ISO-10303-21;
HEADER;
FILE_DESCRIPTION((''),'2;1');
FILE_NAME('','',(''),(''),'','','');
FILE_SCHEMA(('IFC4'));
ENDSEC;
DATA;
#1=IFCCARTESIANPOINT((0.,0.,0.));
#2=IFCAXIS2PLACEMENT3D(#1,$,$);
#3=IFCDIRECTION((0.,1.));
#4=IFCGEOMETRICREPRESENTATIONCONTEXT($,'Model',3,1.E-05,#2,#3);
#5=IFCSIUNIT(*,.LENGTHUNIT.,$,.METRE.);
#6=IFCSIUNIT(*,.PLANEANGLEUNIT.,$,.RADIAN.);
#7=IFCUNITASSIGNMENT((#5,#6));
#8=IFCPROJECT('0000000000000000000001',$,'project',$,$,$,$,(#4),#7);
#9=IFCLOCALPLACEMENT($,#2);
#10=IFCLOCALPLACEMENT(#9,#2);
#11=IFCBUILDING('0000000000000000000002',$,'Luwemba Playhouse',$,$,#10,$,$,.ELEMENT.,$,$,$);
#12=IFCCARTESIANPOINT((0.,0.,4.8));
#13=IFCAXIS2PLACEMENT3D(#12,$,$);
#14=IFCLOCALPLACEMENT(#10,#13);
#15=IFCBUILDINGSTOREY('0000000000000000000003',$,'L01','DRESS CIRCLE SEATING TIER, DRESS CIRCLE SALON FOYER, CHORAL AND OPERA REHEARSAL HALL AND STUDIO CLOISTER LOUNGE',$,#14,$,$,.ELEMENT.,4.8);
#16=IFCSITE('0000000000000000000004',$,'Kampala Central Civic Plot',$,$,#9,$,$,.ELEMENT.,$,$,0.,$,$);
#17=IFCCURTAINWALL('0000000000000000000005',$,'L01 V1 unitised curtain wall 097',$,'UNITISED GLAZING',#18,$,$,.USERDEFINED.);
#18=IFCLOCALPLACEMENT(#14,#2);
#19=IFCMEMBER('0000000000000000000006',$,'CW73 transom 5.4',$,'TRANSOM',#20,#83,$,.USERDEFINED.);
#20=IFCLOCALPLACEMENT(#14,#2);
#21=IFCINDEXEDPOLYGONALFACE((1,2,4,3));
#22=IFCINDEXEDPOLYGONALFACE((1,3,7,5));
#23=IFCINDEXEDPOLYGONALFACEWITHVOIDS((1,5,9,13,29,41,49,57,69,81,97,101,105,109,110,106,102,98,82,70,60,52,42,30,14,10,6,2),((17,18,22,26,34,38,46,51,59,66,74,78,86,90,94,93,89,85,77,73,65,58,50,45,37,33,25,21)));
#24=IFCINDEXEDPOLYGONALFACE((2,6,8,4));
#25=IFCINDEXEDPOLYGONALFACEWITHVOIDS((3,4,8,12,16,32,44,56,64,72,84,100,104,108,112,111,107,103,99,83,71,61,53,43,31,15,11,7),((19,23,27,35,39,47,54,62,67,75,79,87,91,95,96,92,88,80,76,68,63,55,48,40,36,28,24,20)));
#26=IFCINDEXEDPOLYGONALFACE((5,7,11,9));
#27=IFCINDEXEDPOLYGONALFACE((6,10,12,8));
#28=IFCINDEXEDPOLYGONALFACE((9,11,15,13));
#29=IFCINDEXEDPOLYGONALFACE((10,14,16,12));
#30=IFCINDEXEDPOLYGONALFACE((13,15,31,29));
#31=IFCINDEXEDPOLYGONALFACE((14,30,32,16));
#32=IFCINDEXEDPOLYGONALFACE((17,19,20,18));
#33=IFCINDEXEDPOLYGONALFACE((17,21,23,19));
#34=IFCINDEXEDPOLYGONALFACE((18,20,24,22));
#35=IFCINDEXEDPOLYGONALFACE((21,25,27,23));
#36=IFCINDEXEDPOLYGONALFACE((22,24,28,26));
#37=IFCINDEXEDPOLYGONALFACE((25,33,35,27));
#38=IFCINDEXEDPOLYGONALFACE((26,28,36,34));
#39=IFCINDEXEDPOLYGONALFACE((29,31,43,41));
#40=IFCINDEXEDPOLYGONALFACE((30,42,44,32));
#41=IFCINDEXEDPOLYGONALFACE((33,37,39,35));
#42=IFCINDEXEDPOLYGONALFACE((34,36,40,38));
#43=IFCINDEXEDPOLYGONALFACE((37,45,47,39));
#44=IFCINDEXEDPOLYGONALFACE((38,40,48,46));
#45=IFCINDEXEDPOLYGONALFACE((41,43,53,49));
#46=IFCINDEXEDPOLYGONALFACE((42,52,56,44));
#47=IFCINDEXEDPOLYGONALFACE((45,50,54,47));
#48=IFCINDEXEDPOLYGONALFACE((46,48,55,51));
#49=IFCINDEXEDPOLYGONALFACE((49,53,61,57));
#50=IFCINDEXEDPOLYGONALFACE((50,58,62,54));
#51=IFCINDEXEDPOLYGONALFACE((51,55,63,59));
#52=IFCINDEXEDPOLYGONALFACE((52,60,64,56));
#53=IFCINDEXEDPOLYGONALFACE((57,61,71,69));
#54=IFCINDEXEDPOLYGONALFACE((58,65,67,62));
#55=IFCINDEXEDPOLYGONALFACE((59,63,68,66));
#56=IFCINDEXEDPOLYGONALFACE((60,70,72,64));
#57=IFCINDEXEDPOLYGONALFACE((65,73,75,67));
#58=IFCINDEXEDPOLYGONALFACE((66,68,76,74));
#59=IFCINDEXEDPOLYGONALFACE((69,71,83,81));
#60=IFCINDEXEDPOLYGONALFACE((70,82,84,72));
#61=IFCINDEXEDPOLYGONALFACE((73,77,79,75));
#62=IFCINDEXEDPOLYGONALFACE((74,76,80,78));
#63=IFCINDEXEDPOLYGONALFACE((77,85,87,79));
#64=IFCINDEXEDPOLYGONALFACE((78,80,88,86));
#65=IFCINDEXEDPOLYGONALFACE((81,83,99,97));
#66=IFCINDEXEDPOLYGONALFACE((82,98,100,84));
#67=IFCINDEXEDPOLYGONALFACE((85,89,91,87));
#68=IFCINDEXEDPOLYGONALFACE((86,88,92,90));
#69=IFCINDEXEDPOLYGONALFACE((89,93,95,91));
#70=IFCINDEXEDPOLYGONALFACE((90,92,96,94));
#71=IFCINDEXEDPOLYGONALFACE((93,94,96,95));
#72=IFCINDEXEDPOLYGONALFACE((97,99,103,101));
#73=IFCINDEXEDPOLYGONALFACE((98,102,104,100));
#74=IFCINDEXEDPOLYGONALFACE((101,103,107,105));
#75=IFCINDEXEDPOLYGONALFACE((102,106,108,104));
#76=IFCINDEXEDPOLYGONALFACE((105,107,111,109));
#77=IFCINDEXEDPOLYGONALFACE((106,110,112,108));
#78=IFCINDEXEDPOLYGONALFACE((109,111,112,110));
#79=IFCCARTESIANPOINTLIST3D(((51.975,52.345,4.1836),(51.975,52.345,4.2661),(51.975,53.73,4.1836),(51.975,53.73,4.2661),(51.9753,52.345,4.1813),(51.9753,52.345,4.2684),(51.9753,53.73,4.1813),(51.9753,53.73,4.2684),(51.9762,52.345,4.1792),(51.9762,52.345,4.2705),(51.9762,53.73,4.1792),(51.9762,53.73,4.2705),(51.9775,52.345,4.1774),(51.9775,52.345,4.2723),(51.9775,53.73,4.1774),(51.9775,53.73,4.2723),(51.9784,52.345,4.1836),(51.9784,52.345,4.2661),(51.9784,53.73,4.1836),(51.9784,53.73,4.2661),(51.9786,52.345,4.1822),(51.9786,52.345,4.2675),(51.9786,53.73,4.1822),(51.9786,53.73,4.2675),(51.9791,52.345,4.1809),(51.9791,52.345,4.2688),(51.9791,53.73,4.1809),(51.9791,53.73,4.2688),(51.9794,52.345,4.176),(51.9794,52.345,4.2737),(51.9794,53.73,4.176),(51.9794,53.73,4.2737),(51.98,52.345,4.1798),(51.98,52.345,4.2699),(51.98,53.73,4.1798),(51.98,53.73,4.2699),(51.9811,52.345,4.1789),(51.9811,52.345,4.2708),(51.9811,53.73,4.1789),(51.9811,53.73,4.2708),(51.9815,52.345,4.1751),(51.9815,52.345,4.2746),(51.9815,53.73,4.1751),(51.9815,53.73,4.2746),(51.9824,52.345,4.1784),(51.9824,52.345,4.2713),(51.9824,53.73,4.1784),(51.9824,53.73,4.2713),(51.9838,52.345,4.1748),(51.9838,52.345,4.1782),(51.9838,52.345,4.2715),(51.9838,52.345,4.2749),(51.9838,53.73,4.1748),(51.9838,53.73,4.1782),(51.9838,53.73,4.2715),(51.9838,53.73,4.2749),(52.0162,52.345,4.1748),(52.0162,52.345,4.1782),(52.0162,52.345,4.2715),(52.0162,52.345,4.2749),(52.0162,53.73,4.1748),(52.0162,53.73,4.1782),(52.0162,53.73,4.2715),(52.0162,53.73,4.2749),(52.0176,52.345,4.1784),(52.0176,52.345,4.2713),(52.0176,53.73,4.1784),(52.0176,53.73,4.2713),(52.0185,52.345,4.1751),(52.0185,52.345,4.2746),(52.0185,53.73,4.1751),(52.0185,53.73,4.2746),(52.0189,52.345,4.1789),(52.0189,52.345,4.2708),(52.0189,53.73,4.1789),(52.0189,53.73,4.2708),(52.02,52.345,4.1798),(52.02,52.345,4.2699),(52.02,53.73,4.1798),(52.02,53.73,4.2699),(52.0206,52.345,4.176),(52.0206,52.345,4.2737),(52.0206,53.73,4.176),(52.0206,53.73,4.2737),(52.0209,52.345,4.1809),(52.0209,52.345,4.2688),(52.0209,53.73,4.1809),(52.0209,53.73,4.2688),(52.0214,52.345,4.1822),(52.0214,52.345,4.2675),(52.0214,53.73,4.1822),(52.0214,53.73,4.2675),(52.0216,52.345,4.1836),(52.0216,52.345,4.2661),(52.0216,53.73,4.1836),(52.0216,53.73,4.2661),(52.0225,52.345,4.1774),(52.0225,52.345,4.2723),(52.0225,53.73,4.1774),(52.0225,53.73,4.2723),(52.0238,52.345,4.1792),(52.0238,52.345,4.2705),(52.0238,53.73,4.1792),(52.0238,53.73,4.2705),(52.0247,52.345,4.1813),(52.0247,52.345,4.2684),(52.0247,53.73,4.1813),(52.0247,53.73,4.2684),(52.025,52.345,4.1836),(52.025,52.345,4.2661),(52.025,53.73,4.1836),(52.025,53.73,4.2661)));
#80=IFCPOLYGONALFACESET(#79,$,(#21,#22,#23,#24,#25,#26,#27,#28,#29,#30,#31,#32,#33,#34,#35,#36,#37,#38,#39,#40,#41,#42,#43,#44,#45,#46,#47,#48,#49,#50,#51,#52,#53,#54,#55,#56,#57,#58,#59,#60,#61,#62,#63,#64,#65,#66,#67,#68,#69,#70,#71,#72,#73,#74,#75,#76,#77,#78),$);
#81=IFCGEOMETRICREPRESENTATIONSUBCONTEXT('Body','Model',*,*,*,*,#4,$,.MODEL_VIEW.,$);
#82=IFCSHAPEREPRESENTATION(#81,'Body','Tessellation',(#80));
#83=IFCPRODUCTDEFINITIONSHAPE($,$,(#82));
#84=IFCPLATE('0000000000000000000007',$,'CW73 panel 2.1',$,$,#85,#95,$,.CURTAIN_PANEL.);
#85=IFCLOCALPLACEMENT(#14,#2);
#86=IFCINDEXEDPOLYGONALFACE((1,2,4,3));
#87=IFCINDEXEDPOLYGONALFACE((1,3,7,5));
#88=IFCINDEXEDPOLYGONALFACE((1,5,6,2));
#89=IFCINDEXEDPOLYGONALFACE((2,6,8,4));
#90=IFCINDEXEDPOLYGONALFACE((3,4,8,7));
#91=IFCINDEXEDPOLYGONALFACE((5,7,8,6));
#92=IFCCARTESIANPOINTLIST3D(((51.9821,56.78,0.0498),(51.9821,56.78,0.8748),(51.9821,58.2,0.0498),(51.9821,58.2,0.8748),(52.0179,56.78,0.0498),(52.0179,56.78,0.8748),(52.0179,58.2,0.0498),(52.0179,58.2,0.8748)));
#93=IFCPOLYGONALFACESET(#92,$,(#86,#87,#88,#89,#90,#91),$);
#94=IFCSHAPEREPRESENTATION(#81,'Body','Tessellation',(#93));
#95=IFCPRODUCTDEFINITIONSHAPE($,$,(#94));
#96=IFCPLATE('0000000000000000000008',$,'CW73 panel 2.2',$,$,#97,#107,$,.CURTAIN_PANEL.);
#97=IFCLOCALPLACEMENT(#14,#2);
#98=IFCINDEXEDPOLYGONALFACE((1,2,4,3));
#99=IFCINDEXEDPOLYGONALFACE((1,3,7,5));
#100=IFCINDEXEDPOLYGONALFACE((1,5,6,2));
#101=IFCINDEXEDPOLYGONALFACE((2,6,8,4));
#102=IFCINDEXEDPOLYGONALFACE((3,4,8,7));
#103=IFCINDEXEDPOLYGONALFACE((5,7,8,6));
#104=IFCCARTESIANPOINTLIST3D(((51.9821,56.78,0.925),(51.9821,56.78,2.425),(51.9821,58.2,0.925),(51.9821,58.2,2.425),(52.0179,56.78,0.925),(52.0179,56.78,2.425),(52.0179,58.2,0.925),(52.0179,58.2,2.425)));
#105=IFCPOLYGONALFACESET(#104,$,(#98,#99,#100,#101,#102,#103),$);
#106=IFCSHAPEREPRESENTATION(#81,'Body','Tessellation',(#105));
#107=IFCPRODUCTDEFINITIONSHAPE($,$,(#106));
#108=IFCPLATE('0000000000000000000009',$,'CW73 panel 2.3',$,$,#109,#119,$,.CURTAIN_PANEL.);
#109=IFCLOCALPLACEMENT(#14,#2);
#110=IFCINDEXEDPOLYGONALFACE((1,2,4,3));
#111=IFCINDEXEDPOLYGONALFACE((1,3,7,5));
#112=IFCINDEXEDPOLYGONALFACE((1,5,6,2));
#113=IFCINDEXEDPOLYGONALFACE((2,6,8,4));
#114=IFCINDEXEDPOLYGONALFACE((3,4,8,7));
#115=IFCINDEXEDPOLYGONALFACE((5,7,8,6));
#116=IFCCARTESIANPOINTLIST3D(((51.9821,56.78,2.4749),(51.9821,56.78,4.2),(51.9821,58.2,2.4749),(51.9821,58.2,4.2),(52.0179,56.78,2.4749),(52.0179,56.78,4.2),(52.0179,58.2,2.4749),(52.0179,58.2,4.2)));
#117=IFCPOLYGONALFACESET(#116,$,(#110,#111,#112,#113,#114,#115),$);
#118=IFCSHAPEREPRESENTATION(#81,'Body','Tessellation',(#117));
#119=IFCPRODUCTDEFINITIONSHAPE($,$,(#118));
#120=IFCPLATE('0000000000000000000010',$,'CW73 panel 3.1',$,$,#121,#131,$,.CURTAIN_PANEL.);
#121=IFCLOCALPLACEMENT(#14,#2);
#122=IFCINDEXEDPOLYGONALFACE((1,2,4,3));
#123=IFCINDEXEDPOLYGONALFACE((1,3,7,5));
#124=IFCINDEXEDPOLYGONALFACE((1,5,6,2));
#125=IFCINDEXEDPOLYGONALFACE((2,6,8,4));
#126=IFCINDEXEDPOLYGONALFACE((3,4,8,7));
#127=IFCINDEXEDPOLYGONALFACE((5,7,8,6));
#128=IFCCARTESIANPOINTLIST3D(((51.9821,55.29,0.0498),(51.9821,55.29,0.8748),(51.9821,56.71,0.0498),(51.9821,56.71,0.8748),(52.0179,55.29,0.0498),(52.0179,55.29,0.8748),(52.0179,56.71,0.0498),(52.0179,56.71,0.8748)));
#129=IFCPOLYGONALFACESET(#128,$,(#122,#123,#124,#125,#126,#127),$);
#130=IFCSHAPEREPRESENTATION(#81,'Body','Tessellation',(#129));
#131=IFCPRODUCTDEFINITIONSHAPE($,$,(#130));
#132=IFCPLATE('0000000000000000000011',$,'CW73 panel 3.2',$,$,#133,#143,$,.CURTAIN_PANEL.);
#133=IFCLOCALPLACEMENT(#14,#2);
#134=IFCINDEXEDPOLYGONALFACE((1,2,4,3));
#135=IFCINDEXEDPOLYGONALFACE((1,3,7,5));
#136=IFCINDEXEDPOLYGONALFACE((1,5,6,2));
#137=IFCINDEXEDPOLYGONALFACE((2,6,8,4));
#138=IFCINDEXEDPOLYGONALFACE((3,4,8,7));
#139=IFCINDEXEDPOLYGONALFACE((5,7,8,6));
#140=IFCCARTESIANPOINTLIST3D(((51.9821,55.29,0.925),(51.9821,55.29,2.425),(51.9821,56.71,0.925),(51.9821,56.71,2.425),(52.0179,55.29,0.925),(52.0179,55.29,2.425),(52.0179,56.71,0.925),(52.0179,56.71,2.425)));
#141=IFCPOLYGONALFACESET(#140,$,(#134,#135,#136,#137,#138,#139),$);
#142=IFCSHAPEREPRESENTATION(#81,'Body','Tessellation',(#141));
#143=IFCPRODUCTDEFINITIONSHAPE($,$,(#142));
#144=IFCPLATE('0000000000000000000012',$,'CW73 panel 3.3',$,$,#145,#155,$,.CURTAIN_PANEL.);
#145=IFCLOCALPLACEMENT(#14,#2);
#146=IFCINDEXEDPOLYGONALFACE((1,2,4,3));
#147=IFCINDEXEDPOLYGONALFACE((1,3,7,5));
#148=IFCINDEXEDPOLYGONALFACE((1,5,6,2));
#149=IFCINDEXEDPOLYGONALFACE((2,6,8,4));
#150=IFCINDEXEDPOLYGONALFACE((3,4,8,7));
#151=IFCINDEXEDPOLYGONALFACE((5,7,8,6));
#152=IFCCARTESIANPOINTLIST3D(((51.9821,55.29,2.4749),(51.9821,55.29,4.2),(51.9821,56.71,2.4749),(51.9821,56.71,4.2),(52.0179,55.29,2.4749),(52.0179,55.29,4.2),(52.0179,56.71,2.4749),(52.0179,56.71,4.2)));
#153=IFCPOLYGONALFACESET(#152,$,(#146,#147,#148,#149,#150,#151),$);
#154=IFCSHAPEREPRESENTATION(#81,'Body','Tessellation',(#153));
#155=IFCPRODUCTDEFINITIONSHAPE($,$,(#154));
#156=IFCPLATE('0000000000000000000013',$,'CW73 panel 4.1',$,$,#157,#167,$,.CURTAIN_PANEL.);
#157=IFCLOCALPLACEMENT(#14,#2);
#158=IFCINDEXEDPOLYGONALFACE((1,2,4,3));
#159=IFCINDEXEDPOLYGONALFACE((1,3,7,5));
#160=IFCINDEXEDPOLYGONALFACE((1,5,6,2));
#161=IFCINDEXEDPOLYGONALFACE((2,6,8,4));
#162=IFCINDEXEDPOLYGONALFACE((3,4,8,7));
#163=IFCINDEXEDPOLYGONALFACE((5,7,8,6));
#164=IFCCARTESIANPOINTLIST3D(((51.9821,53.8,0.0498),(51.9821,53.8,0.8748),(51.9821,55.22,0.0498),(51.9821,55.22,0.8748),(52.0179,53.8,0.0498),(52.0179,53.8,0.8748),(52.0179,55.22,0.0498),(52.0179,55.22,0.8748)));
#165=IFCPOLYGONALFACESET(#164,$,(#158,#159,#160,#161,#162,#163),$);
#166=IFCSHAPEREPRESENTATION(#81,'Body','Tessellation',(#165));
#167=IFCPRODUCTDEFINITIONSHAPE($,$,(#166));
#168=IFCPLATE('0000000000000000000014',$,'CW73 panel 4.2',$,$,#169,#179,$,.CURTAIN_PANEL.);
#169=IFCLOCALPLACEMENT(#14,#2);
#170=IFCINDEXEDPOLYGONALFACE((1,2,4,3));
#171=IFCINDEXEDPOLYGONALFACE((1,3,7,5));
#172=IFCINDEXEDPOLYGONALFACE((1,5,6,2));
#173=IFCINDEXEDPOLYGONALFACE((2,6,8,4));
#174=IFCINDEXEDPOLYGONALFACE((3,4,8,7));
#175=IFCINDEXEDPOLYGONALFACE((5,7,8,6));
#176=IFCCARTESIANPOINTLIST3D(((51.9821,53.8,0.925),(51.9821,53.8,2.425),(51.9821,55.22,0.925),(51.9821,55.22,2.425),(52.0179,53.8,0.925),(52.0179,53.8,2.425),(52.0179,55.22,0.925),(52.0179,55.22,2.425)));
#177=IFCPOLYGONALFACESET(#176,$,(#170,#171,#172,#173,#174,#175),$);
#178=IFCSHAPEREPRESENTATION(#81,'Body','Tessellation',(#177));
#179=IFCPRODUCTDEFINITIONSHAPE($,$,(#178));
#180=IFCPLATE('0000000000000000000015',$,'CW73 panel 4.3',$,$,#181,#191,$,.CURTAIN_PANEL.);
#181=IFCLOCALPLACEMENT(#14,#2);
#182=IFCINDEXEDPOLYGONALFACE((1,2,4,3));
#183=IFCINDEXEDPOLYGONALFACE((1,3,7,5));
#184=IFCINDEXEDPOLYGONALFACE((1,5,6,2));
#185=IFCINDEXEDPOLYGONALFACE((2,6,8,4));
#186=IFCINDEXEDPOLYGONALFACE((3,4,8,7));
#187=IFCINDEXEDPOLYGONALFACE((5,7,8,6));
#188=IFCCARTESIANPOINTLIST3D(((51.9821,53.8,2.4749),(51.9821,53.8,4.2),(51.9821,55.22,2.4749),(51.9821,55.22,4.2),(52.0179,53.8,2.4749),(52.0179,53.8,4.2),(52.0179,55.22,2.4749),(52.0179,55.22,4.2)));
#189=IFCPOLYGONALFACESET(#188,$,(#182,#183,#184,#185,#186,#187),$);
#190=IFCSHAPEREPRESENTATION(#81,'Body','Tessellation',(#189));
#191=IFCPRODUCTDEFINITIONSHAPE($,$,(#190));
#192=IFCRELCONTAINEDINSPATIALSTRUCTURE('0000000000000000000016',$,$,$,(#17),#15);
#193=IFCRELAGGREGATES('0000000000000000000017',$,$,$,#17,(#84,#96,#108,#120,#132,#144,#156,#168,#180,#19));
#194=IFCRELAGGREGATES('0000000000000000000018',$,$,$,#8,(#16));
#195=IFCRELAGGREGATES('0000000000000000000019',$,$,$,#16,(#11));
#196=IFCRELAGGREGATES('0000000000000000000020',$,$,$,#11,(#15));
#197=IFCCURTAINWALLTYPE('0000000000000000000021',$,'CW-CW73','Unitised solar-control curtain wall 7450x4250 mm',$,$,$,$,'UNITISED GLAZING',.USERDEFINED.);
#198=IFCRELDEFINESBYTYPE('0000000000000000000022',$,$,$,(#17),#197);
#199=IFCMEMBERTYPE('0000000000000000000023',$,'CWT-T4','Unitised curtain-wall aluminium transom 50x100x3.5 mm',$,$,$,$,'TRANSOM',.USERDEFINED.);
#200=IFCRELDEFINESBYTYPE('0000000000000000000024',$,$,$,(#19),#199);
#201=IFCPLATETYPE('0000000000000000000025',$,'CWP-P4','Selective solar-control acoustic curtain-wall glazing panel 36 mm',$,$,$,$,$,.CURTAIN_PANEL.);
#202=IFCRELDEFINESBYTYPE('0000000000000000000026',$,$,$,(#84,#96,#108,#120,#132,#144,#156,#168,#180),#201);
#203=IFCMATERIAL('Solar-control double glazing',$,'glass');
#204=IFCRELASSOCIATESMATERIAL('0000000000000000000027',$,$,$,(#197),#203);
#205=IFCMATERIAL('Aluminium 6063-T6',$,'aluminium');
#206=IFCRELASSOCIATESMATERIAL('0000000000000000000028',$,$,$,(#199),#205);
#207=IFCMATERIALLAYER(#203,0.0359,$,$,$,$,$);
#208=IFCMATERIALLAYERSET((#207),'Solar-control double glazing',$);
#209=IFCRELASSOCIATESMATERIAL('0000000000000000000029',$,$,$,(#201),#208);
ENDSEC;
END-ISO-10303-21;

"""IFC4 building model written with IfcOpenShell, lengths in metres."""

from ifc_helpers import new_model, si_unit, direction, frame, origin, origin_2d, place, context, subcontext, project, spatial, rectangle, hollow_rectangle, extrude, material, layer, layer_set, material_profile, profile_set, type_object, element, aggregate, save


model = new_model("IFC4")

# Units and contexts
model_context = context("Model", 3, precision=1e-05, world=origin(), true_north=direction((0.0, 1.0)))
body_context = subcontext(model_context, "Body", "Model", "MODEL_VIEW")
ifc_project = project(units=[si_unit("LENGTHUNIT", "METRE"), si_unit("PLANEANGLEUNIT", "RADIAN")], contexts=[model_context])

# Site, building, storey
site_placement = place(None, origin())
site = spatial("IfcSite", under=ifc_project, at=site_placement, Name="Kampala Central Civic Plot", CompositionType="ELEMENT", RefElevation=0.0)
building_placement = place(site_placement, origin())
building = spatial("IfcBuilding", under=site, at=building_placement, Name="Luwemba Playhouse", CompositionType="ELEMENT")
storey_placement = place(building_placement, frame((0.0, 0.0, 4.8)))
storey = spatial("IfcBuildingStorey", under=building, at=storey_placement, Name="L01", Description="DRESS CIRCLE SEATING TIER, DRESS CIRCLE SALON FOYER, CHORAL AND OPERA REHEARSAL HALL AND STUDIO CLOISTER LOUNGE", CompositionType="ELEMENT", Elevation=4.8)

# Curtain wall, member, plates
ifc_material_1 = material(Name="Solar-control double glazing", Category="glass")
curtain_wall_type = type_object("IfcCurtainWallType", Name="CW-CW73", Description="Unitised solar-control curtain wall 7450x4250 mm", ElementType="UNITISED GLAZING", PredefinedType="USERDEFINED", material=ifc_material_1)
curtain_wall_placement = place(storey_placement, origin())
curtain_wall = element("IfcCurtainWall", 1, at=curtain_wall_placement, inside=storey, type_object=curtain_wall_type, Name="L01 V1 unitised curtain wall 097", ObjectType="UNITISED GLAZING", PredefinedType="USERDEFINED")
ifc_material_2 = material(Name="Aluminium 6063-T6", Category="aluminium")
ifc_material_profile_1 = material_profile(ifc_material_2, hollow_rectangle(XDim=0.05, YDim=0.1001, WallThickness=0.0034, InnerFilletRadius=0.0054, OuterFilletRadius=0.0088, at=origin_2d()))
ifc_profile_set_1 = profile_set([ifc_material_profile_1], Name="Aluminium 6063-T6")
member_type_1 = type_object("IfcMemberType", Name="CWT-T4", Description="Unitised curtain-wall aluminium transom 50x100x3.5 mm", ElementType="TRANSOM", PredefinedType="USERDEFINED", material=ifc_profile_set_1)
member_1_placement = place(storey_placement, frame((52.0, 53.73, 4.2249), z_axis=(0.0, -1.0, 0.0), x_axis=(1.0, 0.0, 0.0)))
member_1 = element("IfcMember", 2, at=member_1_placement, type_object=member_type_1, Name="CW73 transom 5.4", ObjectType="TRANSOM", PredefinedType="USERDEFINED", context=body_context, shape_type="SweptSolid", body=[
    extrude(hollow_rectangle(XDim=0.05, YDim=0.1001, WallThickness=0.0034, InnerFilletRadius=0.0054, OuterFilletRadius=0.0088, at=origin_2d()), origin(), (0.0, 0.0, 1.0), 1.385),
])
ifc_layer_1 = layer(ifc_material_1, 0.0359)
ifc_layer_set_1 = layer_set([ifc_layer_1], Name="Solar-control double glazing")
plate_type = type_object("IfcPlateType", Name="CWP-P4", Description="Selective solar-control acoustic curtain-wall glazing panel 36 mm", PredefinedType="CURTAIN_PANEL", material=ifc_layer_set_1)
plate_1_placement = place(storey_placement, frame((52.0, 57.49, 0.0498), z_axis=(0.0, 0.0, 1.0), x_axis=(0.0, -1.0, 0.0)))
plate_1 = element("IfcPlate", 3, at=plate_1_placement, type_object=plate_type, Name="CW73 panel 2.1", PredefinedType="CURTAIN_PANEL", context=body_context, shape_type="SweptSolid", body=[
    extrude(rectangle(XDim=1.4199, YDim=0.0359, at=origin_2d()), origin(), (0.0, 0.0, 1.0), 0.825),
])
plate_2_placement = place(storey_placement, frame((52.0, 57.49, 0.925), z_axis=(0.0, 0.0, 1.0), x_axis=(0.0, -1.0, 0.0)))
plate_2 = element("IfcPlate", 4, at=plate_2_placement, type_object=plate_type, Name="CW73 panel 2.2", PredefinedType="CURTAIN_PANEL", context=body_context, shape_type="SweptSolid", body=[
    extrude(rectangle(XDim=1.4199, YDim=0.0359, at=origin_2d()), origin(), (0.0, 0.0, 1.0), 1.5),
])
plate_3_placement = place(storey_placement, frame((52.0, 57.49, 2.4749), z_axis=(0.0, 0.0, 1.0), x_axis=(0.0, -1.0, 0.0)))
plate_3 = element("IfcPlate", 5, at=plate_3_placement, type_object=plate_type, Name="CW73 panel 2.3", PredefinedType="CURTAIN_PANEL", context=body_context, shape_type="SweptSolid", body=[
    extrude(rectangle(XDim=1.4199, YDim=0.0359, at=origin_2d()), origin(), (0.0, 0.0, 1.0), 1.7251),
])
plate_4_placement = place(storey_placement, frame((52.0, 56.0, 0.0498), z_axis=(0.0, 0.0, 1.0), x_axis=(0.0, -1.0, 0.0)))
plate_4 = element("IfcPlate", 6, at=plate_4_placement, type_object=plate_type, Name="CW73 panel 3.1", PredefinedType="CURTAIN_PANEL", context=body_context, shape_type="SweptSolid", body=[
    extrude(rectangle(XDim=1.4199, YDim=0.0359, at=origin_2d()), origin(), (0.0, 0.0, 1.0), 0.825),
])
plate_5_placement = place(storey_placement, frame((52.0, 56.0, 0.925), z_axis=(0.0, 0.0, 1.0), x_axis=(0.0, -1.0, 0.0)))
plate_5 = element("IfcPlate", 7, at=plate_5_placement, type_object=plate_type, Name="CW73 panel 3.2", PredefinedType="CURTAIN_PANEL", context=body_context, shape_type="SweptSolid", body=[
    extrude(rectangle(XDim=1.4199, YDim=0.0359, at=origin_2d()), origin(), (0.0, 0.0, 1.0), 1.5),
])
plate_6_placement = place(storey_placement, frame((52.0, 56.0, 2.4749), z_axis=(0.0, 0.0, 1.0), x_axis=(0.0, -1.0, 0.0)))
plate_6 = element("IfcPlate", 8, at=plate_6_placement, type_object=plate_type, Name="CW73 panel 3.3", PredefinedType="CURTAIN_PANEL", context=body_context, shape_type="SweptSolid", body=[
    extrude(rectangle(XDim=1.4199, YDim=0.0359, at=origin_2d()), origin(), (0.0, 0.0, 1.0), 1.7251),
])
plate_7_placement = place(storey_placement, frame((52.0, 54.51, 0.0498), z_axis=(0.0, 0.0, 1.0), x_axis=(0.0, -1.0, 0.0)))
plate_7 = element("IfcPlate", 9, at=plate_7_placement, type_object=plate_type, Name="CW73 panel 4.1", PredefinedType="CURTAIN_PANEL", context=body_context, shape_type="SweptSolid", body=[
    extrude(rectangle(XDim=1.4199, YDim=0.0359, at=origin_2d()), origin(), (0.0, 0.0, 1.0), 0.825),
])
plate_8_placement = place(storey_placement, frame((52.0, 54.51, 0.925), z_axis=(0.0, 0.0, 1.0), x_axis=(0.0, -1.0, 0.0)))
plate_8 = element("IfcPlate", 10, at=plate_8_placement, type_object=plate_type, Name="CW73 panel 4.2", PredefinedType="CURTAIN_PANEL", context=body_context, shape_type="SweptSolid", body=[
    extrude(rectangle(XDim=1.4199, YDim=0.0359, at=origin_2d()), origin(), (0.0, 0.0, 1.0), 1.5),
])
plate_9_placement = place(storey_placement, frame((52.0, 54.51, 2.4749), z_axis=(0.0, 0.0, 1.0), x_axis=(0.0, -1.0, 0.0)))
plate_9 = element("IfcPlate", 11, at=plate_9_placement, type_object=plate_type, Name="CW73 panel 4.3", PredefinedType="CURTAIN_PANEL", context=body_context, shape_type="SweptSolid", body=[
    extrude(rectangle(XDim=1.4199, YDim=0.0359, at=origin_2d()), origin(), (0.0, 0.0, 1.0), 1.7251),
])
aggregate(curtain_wall, [plate_1, plate_2, plate_3, plate_4, plate_5, plate_6, plate_7, plate_8, plate_9, member_1])

save(model, "model.ifc")
